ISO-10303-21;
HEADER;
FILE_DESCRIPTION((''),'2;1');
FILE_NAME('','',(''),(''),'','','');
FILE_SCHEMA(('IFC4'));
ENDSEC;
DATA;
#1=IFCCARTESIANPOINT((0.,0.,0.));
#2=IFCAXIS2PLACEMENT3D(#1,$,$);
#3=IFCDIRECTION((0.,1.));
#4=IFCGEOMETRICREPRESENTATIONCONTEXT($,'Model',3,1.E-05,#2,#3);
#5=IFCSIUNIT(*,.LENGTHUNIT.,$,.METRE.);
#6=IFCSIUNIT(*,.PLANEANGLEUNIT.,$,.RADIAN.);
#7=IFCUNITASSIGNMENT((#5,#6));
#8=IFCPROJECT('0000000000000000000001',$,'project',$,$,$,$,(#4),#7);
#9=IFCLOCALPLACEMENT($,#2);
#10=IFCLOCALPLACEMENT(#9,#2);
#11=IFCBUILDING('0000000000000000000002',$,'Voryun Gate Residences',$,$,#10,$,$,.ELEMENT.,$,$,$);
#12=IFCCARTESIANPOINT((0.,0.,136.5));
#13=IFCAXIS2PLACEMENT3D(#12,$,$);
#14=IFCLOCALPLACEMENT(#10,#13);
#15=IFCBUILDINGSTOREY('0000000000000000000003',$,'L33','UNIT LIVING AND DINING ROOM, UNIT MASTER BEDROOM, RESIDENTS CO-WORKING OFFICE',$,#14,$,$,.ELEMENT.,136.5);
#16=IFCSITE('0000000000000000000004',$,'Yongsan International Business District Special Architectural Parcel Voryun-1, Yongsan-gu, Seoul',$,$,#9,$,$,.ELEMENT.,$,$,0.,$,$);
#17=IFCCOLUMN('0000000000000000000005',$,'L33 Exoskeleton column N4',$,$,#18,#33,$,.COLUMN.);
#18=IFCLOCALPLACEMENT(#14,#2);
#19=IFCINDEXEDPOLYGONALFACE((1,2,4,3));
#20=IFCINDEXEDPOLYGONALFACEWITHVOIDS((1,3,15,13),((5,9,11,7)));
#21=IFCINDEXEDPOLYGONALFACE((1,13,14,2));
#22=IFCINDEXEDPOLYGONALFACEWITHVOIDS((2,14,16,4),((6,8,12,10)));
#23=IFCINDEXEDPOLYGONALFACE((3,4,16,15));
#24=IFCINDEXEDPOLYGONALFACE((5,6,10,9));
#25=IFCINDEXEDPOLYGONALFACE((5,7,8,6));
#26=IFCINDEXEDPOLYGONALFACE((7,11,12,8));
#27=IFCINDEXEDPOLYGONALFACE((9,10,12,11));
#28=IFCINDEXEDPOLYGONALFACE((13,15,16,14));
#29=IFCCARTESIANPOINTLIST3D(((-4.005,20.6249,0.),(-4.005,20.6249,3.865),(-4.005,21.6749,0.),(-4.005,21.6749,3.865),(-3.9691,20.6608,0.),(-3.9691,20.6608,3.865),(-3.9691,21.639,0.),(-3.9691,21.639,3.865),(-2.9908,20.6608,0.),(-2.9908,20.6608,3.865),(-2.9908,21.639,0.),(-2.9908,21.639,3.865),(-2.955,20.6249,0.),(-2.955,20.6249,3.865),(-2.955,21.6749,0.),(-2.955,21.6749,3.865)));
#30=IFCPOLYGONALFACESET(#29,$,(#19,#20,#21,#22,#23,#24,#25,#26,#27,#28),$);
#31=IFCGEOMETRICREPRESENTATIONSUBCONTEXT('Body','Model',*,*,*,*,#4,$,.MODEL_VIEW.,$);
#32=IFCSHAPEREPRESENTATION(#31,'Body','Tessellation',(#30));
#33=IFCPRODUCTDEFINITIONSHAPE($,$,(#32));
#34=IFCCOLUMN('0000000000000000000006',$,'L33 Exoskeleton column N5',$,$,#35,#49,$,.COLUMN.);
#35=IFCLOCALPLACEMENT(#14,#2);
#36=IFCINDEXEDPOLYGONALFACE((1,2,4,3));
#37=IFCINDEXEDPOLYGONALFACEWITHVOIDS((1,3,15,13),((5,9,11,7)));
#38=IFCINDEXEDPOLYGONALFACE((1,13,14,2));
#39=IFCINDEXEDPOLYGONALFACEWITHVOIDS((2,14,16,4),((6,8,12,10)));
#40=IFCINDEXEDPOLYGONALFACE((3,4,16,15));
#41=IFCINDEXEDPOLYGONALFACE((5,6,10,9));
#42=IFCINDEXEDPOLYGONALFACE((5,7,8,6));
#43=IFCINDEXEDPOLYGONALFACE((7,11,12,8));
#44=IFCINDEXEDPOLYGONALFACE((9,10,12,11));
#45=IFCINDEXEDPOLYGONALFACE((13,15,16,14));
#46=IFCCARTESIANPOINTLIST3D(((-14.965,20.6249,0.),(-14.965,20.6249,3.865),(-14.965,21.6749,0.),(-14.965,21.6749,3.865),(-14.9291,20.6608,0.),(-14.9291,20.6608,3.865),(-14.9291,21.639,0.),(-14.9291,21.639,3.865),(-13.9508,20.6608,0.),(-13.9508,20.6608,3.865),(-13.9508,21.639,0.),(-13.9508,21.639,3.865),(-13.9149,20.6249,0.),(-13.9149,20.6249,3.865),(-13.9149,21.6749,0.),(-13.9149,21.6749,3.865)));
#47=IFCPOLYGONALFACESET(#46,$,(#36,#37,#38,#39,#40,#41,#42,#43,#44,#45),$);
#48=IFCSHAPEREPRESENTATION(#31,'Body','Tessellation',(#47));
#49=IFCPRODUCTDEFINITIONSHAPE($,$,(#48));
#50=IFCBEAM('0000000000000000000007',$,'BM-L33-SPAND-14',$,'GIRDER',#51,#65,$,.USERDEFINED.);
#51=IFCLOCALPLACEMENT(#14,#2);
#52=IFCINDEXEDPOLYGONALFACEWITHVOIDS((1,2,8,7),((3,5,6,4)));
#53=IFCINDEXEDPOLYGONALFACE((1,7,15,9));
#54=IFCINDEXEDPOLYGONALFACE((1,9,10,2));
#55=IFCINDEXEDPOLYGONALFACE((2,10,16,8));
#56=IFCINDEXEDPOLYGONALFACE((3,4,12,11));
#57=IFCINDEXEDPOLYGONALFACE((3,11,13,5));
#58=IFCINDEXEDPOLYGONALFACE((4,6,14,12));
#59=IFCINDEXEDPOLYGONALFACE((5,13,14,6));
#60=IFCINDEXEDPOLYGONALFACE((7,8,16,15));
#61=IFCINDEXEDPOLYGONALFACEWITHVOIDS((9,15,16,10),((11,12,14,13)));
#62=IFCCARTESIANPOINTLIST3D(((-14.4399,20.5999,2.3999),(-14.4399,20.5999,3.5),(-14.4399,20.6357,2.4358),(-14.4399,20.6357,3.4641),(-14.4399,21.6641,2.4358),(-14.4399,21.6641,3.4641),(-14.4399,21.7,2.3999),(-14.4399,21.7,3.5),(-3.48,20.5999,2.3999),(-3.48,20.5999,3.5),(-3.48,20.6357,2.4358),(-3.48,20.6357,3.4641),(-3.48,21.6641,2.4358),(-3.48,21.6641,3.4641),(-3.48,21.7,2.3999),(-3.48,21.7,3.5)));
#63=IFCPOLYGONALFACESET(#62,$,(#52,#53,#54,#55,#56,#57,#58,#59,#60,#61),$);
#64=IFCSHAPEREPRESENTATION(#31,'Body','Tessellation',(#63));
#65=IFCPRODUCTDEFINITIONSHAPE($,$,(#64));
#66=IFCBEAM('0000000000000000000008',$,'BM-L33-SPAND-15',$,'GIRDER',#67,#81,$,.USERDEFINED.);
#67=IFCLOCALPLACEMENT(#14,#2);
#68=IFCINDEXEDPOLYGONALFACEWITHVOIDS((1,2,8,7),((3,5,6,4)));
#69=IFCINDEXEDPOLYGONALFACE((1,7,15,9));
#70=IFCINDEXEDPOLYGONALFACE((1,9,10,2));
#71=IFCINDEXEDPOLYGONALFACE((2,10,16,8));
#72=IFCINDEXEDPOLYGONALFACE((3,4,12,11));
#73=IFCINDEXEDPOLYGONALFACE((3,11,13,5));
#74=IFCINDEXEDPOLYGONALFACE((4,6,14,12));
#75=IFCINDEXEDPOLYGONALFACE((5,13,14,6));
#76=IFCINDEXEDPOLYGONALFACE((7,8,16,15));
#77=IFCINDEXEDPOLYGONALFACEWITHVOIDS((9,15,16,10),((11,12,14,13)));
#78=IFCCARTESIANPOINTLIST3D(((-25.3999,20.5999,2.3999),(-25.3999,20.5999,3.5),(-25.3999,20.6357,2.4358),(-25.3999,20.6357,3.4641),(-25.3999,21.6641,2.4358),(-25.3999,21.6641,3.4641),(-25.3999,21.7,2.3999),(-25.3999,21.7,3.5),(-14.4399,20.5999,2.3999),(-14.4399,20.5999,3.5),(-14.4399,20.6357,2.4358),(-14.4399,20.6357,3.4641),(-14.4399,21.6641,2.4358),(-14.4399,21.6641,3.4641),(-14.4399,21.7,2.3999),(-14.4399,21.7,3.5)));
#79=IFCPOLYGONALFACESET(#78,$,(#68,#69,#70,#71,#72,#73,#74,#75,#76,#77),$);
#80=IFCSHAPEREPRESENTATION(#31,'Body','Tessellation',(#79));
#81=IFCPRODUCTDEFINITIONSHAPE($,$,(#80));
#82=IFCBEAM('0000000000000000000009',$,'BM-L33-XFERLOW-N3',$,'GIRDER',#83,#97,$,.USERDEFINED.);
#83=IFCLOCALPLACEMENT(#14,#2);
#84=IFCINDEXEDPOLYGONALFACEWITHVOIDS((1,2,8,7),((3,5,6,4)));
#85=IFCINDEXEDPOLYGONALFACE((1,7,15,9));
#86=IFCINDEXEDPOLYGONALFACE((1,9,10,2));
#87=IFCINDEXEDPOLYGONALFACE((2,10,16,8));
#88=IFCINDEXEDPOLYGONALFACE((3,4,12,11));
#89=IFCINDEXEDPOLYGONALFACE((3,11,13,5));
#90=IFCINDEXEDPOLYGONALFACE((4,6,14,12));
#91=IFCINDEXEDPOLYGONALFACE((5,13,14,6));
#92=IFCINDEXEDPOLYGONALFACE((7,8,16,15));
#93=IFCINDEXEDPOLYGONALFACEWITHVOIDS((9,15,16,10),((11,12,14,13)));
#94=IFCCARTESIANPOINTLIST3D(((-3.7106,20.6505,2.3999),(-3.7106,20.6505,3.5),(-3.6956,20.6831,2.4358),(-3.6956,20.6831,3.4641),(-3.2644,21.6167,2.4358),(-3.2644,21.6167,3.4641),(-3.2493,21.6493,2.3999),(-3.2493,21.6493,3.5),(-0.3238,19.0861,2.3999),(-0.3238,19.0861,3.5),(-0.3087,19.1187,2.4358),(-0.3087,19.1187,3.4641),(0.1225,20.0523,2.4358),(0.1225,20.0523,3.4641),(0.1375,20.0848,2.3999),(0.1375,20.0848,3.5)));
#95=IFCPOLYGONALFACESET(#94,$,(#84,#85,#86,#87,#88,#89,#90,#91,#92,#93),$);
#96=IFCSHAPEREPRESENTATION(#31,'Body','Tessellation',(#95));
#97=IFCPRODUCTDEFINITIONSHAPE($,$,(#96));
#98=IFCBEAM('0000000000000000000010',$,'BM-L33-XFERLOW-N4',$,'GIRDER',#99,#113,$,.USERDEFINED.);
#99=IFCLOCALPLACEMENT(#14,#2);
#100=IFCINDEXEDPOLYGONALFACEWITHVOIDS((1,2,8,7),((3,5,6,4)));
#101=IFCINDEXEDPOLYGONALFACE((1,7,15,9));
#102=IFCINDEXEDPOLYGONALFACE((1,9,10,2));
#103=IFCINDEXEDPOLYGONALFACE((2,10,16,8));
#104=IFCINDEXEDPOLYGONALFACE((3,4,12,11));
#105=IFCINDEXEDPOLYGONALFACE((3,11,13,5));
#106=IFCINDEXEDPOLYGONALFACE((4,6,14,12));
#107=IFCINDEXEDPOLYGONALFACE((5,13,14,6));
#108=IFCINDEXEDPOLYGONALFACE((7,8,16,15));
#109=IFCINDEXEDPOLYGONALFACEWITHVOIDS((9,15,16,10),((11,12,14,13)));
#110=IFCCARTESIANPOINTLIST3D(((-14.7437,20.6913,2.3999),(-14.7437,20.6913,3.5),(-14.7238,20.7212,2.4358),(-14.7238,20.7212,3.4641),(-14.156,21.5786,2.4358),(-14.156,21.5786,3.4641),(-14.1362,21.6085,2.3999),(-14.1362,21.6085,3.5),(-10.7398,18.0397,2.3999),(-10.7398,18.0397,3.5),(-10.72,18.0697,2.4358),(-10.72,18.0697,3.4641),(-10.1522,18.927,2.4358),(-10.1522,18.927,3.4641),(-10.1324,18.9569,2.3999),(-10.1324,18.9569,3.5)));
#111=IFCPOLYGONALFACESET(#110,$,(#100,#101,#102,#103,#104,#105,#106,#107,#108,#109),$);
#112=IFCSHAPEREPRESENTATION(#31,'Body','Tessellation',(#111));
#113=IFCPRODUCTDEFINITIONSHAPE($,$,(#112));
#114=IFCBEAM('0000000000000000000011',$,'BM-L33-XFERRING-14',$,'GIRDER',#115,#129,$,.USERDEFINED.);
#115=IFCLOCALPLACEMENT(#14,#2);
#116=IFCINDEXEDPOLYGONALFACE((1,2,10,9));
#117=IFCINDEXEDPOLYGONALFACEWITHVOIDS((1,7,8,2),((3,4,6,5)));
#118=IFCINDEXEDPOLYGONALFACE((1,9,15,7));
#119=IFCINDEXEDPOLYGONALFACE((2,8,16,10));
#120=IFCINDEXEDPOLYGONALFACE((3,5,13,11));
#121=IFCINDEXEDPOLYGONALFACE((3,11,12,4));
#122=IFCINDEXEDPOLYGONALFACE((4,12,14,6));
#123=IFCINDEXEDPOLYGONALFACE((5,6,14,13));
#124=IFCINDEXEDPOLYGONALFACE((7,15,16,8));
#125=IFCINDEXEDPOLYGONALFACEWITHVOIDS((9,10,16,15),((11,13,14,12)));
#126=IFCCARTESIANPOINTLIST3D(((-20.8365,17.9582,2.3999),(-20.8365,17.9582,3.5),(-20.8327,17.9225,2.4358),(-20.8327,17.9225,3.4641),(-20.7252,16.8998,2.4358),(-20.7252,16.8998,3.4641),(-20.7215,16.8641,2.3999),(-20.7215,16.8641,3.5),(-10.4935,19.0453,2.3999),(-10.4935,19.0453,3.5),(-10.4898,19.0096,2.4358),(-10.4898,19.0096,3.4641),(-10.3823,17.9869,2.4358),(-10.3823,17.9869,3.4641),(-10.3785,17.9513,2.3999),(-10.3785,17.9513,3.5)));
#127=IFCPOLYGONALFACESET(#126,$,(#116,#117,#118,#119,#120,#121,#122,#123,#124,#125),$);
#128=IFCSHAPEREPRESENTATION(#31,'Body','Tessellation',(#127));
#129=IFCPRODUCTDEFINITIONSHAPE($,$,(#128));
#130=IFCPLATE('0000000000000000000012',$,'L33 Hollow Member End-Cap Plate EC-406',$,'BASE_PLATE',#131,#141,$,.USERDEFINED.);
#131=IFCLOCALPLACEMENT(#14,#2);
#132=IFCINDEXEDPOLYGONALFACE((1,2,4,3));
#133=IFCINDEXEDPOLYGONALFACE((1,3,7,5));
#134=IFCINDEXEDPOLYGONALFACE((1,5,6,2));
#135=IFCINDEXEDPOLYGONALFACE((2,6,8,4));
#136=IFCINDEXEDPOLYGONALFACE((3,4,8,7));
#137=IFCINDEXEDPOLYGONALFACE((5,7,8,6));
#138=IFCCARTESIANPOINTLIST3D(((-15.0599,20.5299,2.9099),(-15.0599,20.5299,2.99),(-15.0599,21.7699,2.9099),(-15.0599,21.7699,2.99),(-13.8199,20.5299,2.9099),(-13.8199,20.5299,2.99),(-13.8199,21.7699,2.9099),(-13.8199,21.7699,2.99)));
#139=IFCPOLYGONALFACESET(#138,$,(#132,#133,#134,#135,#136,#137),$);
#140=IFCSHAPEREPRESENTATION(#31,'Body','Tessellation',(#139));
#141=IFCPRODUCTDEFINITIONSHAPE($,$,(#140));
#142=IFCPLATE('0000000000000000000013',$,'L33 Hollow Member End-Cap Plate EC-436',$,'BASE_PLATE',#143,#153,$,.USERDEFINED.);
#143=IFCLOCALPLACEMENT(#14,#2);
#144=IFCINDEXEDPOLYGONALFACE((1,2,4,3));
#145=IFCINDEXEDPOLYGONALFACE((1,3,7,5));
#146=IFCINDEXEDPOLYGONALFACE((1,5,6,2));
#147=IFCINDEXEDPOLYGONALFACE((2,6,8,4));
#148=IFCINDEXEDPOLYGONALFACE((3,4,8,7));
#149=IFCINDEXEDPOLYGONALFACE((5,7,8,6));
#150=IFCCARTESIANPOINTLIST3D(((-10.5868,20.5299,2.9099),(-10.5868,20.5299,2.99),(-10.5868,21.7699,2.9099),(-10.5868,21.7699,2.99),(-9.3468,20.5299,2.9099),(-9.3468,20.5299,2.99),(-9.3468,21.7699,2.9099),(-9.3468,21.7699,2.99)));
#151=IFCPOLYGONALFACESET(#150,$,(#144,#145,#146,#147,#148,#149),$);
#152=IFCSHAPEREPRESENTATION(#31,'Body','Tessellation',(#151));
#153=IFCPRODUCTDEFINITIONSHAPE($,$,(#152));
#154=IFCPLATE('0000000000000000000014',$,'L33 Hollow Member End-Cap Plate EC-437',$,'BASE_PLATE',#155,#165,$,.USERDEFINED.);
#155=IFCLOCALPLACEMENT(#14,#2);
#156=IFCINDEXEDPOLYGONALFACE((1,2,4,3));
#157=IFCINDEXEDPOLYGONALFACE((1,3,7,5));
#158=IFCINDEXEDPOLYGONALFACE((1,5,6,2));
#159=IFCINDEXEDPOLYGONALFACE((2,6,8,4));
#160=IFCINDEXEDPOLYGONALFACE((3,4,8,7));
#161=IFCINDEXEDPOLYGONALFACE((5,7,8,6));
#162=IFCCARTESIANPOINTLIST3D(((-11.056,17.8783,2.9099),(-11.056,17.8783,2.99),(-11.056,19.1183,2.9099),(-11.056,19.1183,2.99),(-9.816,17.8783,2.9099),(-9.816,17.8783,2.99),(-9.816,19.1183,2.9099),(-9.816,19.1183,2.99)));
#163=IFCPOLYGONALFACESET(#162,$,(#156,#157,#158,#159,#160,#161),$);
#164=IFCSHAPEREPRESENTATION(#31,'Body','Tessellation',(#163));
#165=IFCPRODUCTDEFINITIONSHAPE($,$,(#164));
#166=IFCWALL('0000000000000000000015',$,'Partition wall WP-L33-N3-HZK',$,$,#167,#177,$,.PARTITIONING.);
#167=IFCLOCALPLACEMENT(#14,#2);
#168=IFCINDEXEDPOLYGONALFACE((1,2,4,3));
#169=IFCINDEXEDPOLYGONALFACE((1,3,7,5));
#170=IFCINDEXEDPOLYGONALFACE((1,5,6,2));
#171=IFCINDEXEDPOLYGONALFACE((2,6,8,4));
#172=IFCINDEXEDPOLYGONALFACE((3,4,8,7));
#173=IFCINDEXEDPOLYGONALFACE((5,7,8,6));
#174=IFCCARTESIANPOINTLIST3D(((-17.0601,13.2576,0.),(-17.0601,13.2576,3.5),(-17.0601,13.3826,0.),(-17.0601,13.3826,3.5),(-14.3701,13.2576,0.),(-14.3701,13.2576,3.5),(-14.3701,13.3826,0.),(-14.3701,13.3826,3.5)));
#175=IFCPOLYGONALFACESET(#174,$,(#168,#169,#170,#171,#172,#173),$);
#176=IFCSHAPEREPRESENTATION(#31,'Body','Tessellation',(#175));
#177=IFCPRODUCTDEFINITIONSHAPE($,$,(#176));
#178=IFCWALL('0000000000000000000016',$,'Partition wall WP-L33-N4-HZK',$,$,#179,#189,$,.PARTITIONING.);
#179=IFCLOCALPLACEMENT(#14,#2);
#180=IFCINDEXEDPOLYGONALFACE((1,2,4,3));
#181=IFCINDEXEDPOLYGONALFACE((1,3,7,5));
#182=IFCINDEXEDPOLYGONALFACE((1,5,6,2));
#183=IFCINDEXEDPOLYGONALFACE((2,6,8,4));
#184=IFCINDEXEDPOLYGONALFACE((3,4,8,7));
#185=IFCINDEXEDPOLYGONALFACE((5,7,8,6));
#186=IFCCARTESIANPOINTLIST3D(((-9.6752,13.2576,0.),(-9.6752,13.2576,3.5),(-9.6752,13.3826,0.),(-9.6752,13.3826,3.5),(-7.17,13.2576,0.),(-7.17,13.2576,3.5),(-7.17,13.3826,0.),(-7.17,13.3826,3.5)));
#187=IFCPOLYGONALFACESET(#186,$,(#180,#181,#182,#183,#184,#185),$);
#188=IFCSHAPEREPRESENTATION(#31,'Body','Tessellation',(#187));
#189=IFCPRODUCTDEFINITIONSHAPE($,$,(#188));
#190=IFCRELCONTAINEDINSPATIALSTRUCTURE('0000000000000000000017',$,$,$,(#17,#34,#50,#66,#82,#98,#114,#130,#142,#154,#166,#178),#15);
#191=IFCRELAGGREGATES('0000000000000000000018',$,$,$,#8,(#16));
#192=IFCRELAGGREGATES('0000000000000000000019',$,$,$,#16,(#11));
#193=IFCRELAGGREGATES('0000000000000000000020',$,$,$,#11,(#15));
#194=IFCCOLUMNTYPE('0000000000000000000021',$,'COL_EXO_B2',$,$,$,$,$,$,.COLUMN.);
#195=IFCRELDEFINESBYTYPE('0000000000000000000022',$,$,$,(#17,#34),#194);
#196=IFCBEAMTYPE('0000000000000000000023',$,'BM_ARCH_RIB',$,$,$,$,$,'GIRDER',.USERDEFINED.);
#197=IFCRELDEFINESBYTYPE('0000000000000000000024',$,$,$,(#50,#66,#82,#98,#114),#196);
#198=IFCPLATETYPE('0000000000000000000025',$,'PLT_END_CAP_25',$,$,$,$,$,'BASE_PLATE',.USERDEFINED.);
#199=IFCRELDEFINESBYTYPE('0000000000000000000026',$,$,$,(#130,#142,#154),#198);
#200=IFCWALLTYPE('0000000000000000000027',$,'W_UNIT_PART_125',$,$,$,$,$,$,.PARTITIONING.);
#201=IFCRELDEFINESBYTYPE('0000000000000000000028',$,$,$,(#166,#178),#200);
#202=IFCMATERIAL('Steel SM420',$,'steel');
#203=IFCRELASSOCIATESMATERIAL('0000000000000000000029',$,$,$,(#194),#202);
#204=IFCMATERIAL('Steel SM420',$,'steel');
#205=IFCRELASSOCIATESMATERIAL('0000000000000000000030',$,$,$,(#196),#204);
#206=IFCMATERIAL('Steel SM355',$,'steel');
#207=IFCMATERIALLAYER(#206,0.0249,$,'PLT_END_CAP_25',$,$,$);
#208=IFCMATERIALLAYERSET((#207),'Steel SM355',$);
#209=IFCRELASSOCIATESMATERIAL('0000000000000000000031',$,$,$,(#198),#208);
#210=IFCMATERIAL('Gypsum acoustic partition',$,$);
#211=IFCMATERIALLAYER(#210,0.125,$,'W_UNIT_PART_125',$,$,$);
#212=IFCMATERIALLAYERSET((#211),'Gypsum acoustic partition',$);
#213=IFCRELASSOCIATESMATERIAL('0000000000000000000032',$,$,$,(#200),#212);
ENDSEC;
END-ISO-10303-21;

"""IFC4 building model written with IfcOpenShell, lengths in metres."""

from ifc_helpers import new_model, si_unit, direction, frame, frame_2d, origin, origin_2d, place, context, subcontext, project, spatial, rectangle, hollow_rectangle, extrude, material, layer, layer_set, material_profile, profile_set, type_object, element, save


model = new_model("IFC4")

# Units and contexts
model_context = context("Model", 3, precision=1e-05, world=origin(), true_north=direction((0.0, 1.0)))
body_context = subcontext(model_context, "Body", "Model", "MODEL_VIEW")
ifc_project = project(units=[si_unit("LENGTHUNIT", "METRE"), si_unit("PLANEANGLEUNIT", "RADIAN")], contexts=[model_context])

# Site, building, storey
site_placement = place(None, origin())
site = spatial("IfcSite", under=ifc_project, at=site_placement, Name="Yongsan International Business District Special Architectural Parcel Voryun-1, Yongsan-gu, Seoul", CompositionType="ELEMENT", RefElevation=0.0)
building_placement = place(site_placement, origin())
building = spatial("IfcBuilding", under=site, at=building_placement, Name="Voryun Gate Residences", CompositionType="ELEMENT")
storey_placement = place(building_placement, frame((0.0, 0.0, 136.5)))
storey = spatial("IfcBuildingStorey", under=building, at=storey_placement, Name="L33", Description="UNIT LIVING AND DINING ROOM, UNIT MASTER BEDROOM, RESIDENTS CO-WORKING OFFICE", CompositionType="ELEMENT", Elevation=136.5)

# Columns
ifc_material_1 = material(Name="Steel SM420", Category="steel")
ifc_material_profile_1 = material_profile(ifc_material_1, hollow_rectangle(XDim=1.05, YDim=1.05, WallThickness=0.0359, at=origin_2d()), Name="BOX-1050x1050x36")
ifc_profile_set_1 = profile_set([ifc_material_profile_1], Name="Steel SM420")
column_type = type_object("IfcColumnType", Name="COL_EXO_B2", PredefinedType="COLUMN", material=ifc_profile_set_1)
for number, where, z_axis, x_axis, name in (
    (1, (-3.48, 21.1499, 0.0), (0.0, 0.0, 1.0), (1.0, 0.0, 0.0), "L33 Exoskeleton column N4"),
    (2, (-14.4399, 21.1499, 0.0), (0.0, 0.0, 1.0), (1.0, 0.0, 0.0), "L33 Exoskeleton column N5"),
):
    element("IfcColumn", number, at=place(storey_placement, frame(where, z_axis=z_axis, x_axis=x_axis)), inside=storey, type_object=column_type, Name=name, PredefinedType="COLUMN", context=body_context, shape_type="SweptSolid", body=[
        extrude(hollow_rectangle(XDim=1.05, YDim=1.05, WallThickness=0.0359, at=origin_2d()), origin(), (0.0, 0.0, 1.0), 3.865),
    ])

# Beams
ifc_material_2 = material(Name="Steel SM420", Category="steel")
ifc_material_profile_2 = material_profile(ifc_material_2, hollow_rectangle(XDim=1.1001, YDim=1.1001, WallThickness=0.0359, at=origin_2d()), Name="BOX-1100x1100x36")
ifc_profile_set_2 = profile_set([ifc_material_profile_2], Name="Steel SM420")
beam_type = type_object("IfcBeamType", Name="BM_ARCH_RIB", ElementType="GIRDER", PredefinedType="USERDEFINED", material=ifc_profile_set_2)
for number, where, z_axis, x_axis, name in (
    (3, (-3.48, 21.1499, 2.95), (-1.0, 0.0, 0.0), (0.0, -1.0, 0.0), "BM-L33-SPAND-14"),
    (4, (-14.4399, 21.1499, 2.95), (-1.0, 0.0, 0.0), (0.0, -1.0, 0.0), "BM-L33-SPAND-15"),
):
    element("IfcBeam", number, at=place(storey_placement, frame(where, z_axis=z_axis, x_axis=x_axis)), inside=storey, type_object=beam_type, Name=name, ObjectType="GIRDER", PredefinedType="USERDEFINED", context=body_context, shape_type="SweptSolid", body=[
        extrude(hollow_rectangle(XDim=1.1001, YDim=1.1001, WallThickness=0.0359, at=origin_2d()), origin(), (0.0, 0.0, 1.0), 10.96),
    ])
beam_1_placement = place(storey_placement, frame((-3.48, 21.1499, 2.95), z_axis=(0.907833, -0.419332, 0.0), x_axis=(0.419332, 0.907833, 0.0)))
element("IfcBeam", 5, at=beam_1_placement, inside=storey, type_object=beam_type, Name="BM-L33-XFERLOW-N3", ObjectType="GIRDER", PredefinedType="USERDEFINED", context=body_context, shape_type="SweptSolid", body=[
    extrude(hollow_rectangle(XDim=1.1001, YDim=1.1001, WallThickness=0.0359, at=origin_2d()), origin(), (0.0, 0.0, 1.0), 3.7307),
])
beam_2_placement = place(storey_placement, frame((-14.4399, 21.1499, 2.95), z_axis=(0.833744, -0.552152, 0.0), x_axis=(0.552152, 0.833744, 0.0)))
element("IfcBeam", 6, at=beam_2_placement, inside=storey, type_object=beam_type, Name="BM-L33-XFERLOW-N4", ObjectType="GIRDER", PredefinedType="USERDEFINED", context=body_context, shape_type="SweptSolid", body=[
    extrude(hollow_rectangle(XDim=1.1001, YDim=1.1001, WallThickness=0.0359, at=origin_2d()), origin(), (0.0, 0.0, 1.0), 4.8022),
])
beam_3_placement = place(storey_placement, frame((-10.436, 18.4983, 2.95), z_axis=(-0.994521, -0.104534, 0.0), x_axis=(0.104534, -0.994521, 0.0)))
element("IfcBeam", 7, at=beam_3_placement, inside=storey, type_object=beam_type, Name="BM-L33-XFERRING-14", ObjectType="GIRDER", PredefinedType="USERDEFINED", context=body_context, shape_type="SweptSolid", body=[
    extrude(hollow_rectangle(XDim=1.1001, YDim=1.1001, WallThickness=0.0359, at=origin_2d()), origin(), (0.0, 0.0, 1.0), 10.3999),
])

# Plates
ifc_material_3 = material(Name="Steel SM355", Category="steel")
ifc_layer_1 = layer(ifc_material_3, 0.0249, Name="PLT_END_CAP_25")
ifc_layer_set_1 = layer_set([ifc_layer_1], Name="Steel SM355")
plate_type = type_object("IfcPlateType", Name="PLT_END_CAP_25", ElementType="BASE_PLATE", PredefinedType="USERDEFINED", material=ifc_layer_set_1)
for number, where, z_axis, x_axis, name in (
    (8, (-14.4399, 21.1499, 2.9099), (0.0, 0.0, 1.0), (1.0, 0.0, 0.0), "L33 Hollow Member End-Cap Plate EC-406"),
    (9, (-9.9668, 21.1499, 2.9099), (0.0, 0.0, 1.0), (1.0, 0.0, 0.0), "L33 Hollow Member End-Cap Plate EC-436"),
    (10, (-10.436, 18.4983, 2.9099), (0.0, 0.0, 1.0), (1.0, 0.0, 0.0), "L33 Hollow Member End-Cap Plate EC-437"),
):
    element("IfcPlate", number, at=place(storey_placement, frame(where, z_axis=z_axis, x_axis=x_axis)), inside=storey, type_object=plate_type, Name=name, ObjectType="BASE_PLATE", PredefinedType="USERDEFINED", context=body_context, shape_type="SweptSolid", body=[
        extrude(rectangle(XDim=1.24, YDim=1.24, at=origin_2d()), origin(), (0.0, 0.0, 1.0), 0.0801),
    ])

# Walls
ifc_material_4 = material(Name="Gypsum acoustic partition")
ifc_layer_2 = layer(ifc_material_4, 0.125, Name="W_UNIT_PART_125")
ifc_layer_set_2 = layer_set([ifc_layer_2], Name="Gypsum acoustic partition")
wall_type_1 = type_object("IfcWallType", Name="W_UNIT_PART_125", PredefinedType="PARTITIONING", material=ifc_layer_set_2)
wall_1_placement = place(storey_placement, frame((-17.0601, 13.3201, 0.0), z_axis=(0.0, 0.0, 1.0), x_axis=(1.0, 0.0, 0.0)))
element("IfcWall", 11, at=wall_1_placement, inside=storey, type_object=wall_type_1, Name="Partition wall WP-L33-N3-HZK", PredefinedType="PARTITIONING", context=body_context, shape_type="SweptSolid", body=[
    extrude(rectangle(XDim=2.6899, YDim=0.125, at=frame_2d((1.345, 0.0))), origin(), (0.0, 0.0, 1.0), 3.5),
])
wall_2_placement = place(storey_placement, frame((-9.675, 13.3201, 0.0), z_axis=(0.0, 0.0, 1.0), x_axis=(1.0, 0.0, 0.0)))
element("IfcWall", 12, at=wall_2_placement, inside=storey, type_object=wall_type_1, Name="Partition wall WP-L33-N4-HZK", PredefinedType="PARTITIONING", context=body_context, shape_type="SweptSolid", body=[
    extrude(rectangle(XDim=2.5051, YDim=0.125, at=frame_2d((1.2524, 0.0))), origin(), (0.0, 0.0, 1.0), 3.5),
])

save(model, "model.ifc")
